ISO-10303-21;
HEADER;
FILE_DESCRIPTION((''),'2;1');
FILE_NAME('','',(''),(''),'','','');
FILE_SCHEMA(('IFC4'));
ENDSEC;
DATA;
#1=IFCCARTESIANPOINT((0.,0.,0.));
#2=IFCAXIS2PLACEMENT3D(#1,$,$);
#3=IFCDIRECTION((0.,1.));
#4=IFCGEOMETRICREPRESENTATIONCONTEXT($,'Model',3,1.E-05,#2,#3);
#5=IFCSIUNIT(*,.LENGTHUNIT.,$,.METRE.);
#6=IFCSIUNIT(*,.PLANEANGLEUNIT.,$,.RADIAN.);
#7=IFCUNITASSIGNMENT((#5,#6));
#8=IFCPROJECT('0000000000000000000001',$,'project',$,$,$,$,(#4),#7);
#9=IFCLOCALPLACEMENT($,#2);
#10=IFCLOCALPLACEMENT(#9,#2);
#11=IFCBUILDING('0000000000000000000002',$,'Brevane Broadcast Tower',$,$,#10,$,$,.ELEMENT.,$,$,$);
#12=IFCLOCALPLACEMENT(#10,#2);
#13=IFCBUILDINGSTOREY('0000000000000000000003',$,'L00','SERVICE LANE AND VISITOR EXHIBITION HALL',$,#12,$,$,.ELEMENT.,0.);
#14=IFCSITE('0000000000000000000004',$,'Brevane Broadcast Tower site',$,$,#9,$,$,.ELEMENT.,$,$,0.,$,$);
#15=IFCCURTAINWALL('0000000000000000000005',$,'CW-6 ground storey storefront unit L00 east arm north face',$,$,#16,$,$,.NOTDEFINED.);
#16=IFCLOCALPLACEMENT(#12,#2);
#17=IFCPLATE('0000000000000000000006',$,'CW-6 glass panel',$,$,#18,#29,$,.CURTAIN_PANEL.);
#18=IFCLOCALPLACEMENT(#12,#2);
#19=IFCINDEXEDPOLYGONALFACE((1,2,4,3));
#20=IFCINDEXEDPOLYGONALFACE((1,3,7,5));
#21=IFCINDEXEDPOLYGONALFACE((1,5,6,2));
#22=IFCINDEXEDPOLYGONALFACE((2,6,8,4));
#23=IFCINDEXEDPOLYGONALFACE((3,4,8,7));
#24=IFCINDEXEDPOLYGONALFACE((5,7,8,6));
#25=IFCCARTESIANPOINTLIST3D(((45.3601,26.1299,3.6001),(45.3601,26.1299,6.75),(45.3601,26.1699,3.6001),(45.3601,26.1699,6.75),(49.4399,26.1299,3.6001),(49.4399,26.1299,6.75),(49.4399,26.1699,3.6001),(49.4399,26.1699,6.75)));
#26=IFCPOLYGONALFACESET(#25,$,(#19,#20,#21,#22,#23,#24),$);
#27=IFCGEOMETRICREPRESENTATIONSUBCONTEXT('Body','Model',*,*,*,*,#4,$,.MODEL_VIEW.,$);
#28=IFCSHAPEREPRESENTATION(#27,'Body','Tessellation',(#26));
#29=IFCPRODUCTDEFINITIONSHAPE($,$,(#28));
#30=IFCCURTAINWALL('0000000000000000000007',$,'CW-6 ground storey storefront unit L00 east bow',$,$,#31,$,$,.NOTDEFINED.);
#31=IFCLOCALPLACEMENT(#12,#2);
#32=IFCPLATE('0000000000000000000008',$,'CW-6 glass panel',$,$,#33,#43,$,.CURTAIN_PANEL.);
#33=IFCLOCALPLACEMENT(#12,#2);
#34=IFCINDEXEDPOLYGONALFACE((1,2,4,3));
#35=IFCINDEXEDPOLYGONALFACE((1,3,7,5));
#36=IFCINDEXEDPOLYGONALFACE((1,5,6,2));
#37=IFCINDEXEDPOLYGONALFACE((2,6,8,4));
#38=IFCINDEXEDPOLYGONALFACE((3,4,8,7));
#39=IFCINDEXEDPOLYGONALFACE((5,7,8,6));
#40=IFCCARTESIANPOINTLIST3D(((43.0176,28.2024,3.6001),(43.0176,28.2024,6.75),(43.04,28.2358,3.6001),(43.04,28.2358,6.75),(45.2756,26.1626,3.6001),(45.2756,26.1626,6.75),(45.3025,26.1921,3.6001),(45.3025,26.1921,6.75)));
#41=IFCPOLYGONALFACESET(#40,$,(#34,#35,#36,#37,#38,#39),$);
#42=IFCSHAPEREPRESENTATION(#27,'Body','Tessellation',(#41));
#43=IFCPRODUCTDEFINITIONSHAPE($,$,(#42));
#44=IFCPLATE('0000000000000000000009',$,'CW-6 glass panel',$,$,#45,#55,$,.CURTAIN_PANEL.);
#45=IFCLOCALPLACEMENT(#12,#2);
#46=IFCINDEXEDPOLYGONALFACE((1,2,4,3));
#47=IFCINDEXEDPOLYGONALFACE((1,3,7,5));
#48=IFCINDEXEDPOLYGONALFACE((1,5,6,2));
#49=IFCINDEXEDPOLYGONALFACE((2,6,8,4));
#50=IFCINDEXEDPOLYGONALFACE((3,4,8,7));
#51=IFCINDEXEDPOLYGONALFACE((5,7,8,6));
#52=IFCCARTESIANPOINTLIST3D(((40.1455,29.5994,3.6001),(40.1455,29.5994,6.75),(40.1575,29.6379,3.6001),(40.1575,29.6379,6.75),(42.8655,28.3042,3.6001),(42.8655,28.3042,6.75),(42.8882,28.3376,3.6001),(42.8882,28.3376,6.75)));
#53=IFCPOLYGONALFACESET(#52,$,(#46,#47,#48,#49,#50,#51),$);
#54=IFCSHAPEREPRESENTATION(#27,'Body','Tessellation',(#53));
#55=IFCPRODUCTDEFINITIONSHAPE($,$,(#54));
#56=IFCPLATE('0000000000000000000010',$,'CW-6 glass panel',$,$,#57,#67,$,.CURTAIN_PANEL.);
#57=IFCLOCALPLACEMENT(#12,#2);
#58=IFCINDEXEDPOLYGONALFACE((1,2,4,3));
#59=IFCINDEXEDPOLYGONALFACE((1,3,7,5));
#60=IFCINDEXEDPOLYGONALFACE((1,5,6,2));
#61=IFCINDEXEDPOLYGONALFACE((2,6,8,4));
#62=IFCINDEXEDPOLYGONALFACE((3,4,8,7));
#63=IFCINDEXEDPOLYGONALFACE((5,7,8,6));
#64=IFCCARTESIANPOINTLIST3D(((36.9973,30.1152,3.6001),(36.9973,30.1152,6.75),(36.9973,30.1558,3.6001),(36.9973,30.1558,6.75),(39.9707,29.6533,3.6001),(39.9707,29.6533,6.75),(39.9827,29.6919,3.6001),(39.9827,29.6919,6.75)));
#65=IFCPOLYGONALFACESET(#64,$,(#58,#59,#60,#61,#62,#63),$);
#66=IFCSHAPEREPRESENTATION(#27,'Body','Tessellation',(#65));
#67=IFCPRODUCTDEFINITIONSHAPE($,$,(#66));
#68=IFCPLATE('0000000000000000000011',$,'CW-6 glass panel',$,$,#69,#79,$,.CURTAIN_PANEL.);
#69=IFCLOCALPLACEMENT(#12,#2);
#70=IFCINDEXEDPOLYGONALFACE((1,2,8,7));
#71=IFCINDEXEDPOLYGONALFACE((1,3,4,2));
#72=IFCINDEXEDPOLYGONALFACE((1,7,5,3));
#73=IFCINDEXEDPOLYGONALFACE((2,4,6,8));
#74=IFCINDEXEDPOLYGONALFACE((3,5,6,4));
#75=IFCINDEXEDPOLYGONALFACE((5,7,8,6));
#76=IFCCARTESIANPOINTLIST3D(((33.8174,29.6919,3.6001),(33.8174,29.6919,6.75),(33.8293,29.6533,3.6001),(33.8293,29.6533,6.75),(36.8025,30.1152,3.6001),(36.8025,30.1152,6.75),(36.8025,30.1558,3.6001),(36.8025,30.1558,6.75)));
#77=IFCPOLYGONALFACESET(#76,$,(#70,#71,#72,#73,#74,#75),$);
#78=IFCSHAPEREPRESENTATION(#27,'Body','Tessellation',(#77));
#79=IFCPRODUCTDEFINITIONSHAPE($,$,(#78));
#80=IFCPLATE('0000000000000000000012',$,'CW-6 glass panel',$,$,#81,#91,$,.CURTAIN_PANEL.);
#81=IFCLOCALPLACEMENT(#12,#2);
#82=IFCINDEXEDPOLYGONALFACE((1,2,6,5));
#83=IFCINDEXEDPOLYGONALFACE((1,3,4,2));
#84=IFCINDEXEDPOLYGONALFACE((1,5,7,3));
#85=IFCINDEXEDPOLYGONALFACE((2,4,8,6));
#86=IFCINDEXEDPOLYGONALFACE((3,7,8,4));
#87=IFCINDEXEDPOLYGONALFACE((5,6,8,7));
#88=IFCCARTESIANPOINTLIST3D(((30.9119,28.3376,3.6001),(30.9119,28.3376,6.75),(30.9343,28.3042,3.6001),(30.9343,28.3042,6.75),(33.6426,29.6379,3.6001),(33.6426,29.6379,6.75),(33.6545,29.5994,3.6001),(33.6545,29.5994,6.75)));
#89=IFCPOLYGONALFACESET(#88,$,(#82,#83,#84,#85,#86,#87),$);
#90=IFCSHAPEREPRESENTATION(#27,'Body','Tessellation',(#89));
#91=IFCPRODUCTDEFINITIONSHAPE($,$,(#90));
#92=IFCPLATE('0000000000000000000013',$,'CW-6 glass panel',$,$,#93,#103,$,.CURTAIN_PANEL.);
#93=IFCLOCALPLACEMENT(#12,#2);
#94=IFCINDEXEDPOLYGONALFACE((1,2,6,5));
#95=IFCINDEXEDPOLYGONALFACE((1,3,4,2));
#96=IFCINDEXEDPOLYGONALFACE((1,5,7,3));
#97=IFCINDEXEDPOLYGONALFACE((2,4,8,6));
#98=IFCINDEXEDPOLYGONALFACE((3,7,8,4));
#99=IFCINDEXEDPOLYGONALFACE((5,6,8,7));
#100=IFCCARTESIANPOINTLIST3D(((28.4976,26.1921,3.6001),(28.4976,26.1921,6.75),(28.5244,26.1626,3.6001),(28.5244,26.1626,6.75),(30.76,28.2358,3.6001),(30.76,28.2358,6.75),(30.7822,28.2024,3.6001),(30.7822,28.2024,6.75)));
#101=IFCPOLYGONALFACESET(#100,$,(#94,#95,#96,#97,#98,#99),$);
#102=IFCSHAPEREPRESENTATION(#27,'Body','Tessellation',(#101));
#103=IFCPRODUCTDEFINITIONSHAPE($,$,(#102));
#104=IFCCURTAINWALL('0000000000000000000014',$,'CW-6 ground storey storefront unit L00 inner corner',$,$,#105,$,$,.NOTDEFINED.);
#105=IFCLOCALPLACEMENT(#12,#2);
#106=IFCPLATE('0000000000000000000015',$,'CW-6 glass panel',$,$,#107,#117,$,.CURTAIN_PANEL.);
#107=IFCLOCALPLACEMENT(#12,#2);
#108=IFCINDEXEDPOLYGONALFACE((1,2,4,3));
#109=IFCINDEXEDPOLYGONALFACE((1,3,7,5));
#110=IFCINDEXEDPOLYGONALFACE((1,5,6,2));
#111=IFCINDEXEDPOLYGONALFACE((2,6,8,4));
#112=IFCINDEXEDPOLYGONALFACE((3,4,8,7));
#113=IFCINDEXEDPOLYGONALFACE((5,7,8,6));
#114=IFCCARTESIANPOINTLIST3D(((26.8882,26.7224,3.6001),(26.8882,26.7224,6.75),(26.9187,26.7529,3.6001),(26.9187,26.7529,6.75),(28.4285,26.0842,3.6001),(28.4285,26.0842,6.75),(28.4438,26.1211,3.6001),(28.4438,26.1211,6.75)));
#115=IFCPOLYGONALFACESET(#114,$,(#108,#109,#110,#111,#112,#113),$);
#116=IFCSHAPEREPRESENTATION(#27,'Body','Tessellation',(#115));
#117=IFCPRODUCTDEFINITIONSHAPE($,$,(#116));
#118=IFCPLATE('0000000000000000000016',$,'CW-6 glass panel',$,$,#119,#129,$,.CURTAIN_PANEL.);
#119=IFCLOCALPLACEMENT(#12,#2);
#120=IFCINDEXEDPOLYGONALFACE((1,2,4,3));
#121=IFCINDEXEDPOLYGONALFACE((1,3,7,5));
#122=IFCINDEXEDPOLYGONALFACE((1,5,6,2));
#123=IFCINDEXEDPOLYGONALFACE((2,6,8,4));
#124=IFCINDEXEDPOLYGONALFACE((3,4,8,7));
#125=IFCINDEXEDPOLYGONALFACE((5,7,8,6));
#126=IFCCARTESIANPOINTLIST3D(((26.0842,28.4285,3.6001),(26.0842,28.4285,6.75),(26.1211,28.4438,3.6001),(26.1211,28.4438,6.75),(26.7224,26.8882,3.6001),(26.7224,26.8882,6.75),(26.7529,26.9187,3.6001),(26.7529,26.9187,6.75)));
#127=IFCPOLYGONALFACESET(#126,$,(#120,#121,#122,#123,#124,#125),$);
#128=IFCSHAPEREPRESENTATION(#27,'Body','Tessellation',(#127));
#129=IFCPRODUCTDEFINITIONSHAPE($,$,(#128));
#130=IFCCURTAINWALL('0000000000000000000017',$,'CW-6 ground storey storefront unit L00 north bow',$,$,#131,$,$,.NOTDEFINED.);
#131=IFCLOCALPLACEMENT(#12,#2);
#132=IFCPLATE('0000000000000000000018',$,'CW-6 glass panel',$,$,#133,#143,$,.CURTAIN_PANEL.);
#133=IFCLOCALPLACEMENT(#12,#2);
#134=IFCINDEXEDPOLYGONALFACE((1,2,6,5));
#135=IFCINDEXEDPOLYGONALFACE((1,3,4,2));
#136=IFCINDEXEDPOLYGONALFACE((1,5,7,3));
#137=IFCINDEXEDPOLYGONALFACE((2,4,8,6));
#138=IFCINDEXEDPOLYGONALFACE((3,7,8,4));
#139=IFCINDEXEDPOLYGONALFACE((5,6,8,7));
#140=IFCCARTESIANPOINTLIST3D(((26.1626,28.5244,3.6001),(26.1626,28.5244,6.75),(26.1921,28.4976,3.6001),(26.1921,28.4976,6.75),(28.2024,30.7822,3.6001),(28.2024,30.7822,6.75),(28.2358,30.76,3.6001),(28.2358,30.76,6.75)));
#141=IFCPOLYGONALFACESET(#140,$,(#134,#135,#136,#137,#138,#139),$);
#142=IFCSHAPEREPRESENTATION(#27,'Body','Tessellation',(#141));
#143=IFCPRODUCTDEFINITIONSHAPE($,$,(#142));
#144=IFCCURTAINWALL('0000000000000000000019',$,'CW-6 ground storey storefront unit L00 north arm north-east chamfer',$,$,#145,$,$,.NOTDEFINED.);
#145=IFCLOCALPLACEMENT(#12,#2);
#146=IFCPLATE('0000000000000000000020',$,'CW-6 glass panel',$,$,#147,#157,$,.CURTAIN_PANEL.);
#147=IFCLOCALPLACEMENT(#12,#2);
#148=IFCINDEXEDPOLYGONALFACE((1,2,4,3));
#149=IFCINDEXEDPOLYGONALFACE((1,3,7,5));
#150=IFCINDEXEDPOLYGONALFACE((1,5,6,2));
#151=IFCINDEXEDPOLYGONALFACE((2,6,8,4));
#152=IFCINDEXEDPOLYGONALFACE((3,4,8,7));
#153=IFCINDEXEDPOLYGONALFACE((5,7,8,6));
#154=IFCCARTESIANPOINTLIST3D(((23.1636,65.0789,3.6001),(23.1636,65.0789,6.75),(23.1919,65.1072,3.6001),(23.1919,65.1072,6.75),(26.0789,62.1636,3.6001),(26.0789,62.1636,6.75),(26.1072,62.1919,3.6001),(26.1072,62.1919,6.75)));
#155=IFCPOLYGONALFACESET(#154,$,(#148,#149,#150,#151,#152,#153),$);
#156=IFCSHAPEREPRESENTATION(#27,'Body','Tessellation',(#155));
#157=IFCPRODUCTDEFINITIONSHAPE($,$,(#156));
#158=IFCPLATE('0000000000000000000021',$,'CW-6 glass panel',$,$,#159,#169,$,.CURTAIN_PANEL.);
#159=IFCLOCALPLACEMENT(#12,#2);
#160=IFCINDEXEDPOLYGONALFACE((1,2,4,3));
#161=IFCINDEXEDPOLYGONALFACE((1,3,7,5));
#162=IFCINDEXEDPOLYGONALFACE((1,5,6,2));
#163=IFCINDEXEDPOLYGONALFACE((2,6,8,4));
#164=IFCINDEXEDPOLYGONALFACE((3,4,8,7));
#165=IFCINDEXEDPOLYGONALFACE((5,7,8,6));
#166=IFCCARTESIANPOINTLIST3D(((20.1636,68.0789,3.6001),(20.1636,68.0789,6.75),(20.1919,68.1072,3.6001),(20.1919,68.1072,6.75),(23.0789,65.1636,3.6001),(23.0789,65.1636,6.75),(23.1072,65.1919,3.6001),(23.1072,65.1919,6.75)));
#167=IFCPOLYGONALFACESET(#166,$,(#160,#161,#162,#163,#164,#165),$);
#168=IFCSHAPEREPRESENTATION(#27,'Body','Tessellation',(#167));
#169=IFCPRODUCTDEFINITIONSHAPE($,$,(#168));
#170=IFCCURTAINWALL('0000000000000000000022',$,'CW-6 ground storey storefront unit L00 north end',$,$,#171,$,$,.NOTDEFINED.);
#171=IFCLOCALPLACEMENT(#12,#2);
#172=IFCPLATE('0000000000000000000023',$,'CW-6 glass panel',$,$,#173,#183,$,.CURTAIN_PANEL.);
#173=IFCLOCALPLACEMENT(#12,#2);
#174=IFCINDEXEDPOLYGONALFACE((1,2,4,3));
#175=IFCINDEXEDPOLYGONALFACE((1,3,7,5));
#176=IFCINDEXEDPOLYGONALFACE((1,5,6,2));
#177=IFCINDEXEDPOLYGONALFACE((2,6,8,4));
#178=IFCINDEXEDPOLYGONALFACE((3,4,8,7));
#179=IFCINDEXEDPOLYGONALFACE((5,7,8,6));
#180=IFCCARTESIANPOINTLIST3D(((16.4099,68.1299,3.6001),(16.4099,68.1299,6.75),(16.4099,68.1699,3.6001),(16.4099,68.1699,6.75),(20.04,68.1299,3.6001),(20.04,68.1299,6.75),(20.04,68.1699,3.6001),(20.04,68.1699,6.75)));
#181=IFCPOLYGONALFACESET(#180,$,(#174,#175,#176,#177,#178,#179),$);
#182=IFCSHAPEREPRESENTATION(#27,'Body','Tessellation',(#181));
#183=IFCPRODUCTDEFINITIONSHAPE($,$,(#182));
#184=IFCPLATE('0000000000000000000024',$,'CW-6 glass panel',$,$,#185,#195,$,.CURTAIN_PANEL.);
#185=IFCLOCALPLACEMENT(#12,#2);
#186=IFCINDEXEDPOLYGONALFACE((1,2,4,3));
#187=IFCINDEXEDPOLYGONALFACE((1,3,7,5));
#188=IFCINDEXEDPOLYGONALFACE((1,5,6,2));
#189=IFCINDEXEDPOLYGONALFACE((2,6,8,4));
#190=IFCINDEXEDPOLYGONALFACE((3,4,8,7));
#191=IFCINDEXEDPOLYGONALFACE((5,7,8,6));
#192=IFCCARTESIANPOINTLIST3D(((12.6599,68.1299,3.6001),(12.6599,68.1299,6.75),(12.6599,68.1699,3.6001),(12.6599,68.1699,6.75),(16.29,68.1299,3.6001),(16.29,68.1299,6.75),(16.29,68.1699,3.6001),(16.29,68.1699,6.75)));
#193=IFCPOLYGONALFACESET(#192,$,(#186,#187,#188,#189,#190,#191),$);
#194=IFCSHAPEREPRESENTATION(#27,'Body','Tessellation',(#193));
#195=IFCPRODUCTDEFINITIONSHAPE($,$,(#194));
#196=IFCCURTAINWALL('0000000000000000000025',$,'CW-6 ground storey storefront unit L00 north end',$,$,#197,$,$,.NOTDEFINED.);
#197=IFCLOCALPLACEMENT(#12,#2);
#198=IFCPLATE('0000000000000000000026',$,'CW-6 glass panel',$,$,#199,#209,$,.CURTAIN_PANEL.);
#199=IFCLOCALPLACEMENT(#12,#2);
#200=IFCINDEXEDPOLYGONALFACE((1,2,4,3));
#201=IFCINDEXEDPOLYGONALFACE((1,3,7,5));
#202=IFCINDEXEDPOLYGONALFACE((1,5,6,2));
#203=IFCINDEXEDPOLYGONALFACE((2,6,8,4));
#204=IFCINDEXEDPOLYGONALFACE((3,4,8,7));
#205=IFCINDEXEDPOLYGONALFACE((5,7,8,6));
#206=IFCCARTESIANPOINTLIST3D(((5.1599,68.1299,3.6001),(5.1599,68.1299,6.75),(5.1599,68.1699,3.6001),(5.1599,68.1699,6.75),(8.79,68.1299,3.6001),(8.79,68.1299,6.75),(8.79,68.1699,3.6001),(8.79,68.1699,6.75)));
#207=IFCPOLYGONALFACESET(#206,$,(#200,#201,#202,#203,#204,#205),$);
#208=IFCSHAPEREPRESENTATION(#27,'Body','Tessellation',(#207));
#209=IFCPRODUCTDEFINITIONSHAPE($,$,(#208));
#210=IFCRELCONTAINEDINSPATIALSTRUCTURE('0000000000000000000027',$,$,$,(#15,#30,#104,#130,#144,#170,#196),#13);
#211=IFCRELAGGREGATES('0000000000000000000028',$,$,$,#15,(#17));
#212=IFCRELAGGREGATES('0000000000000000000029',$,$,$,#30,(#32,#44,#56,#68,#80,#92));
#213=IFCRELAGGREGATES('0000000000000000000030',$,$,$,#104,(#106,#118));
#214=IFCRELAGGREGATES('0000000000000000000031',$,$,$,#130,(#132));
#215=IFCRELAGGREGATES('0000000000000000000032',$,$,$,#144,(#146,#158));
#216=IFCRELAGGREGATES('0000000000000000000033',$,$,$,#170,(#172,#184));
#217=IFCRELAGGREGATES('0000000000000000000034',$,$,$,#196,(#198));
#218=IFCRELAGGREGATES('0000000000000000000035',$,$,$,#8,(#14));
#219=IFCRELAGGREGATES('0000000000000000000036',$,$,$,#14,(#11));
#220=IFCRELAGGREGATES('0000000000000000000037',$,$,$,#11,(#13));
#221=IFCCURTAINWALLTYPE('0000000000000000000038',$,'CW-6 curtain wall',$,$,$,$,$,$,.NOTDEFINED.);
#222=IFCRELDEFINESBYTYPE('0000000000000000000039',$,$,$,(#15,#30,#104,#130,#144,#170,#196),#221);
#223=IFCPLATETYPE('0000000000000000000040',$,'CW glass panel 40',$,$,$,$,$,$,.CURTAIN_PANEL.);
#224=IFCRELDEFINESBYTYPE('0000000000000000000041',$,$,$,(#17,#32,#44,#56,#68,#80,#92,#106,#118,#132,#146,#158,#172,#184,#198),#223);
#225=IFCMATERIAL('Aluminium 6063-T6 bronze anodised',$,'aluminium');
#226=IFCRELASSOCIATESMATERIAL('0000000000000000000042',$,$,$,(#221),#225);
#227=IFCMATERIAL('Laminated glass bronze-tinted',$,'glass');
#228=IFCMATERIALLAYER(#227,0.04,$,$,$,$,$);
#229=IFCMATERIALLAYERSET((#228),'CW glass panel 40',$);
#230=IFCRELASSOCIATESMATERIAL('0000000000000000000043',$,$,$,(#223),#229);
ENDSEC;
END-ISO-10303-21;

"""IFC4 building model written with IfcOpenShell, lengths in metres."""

from ifc_helpers import new_model, si_unit, direction, frame, origin, place, context, subcontext, project, spatial, polyline, outline, extrude, material, layer, layer_set, type_object, element, aggregate, save


model = new_model("IFC4")

# Units and contexts
model_context = context("Model", 3, precision=1e-05, world=origin(), true_north=direction((0.0, 1.0)))
body_context = subcontext(model_context, "Body", "Model", "MODEL_VIEW")
ifc_project = project(units=[si_unit("LENGTHUNIT", "METRE"), si_unit("PLANEANGLEUNIT", "RADIAN")], contexts=[model_context])

# Site, building, storey
site_placement = place(None, origin())
site = spatial("IfcSite", under=ifc_project, at=site_placement, Name="Brevane Broadcast Tower site", CompositionType="ELEMENT", RefElevation=0.0)
building_placement = place(site_placement, origin())
building = spatial("IfcBuilding", under=site, at=building_placement, Name="Brevane Broadcast Tower", CompositionType="ELEMENT")
storey_placement = place(building_placement, origin())
storey = spatial("IfcBuildingStorey", under=building, at=storey_placement, Name="L00", Description="SERVICE LANE AND VISITOR EXHIBITION HALL", CompositionType="ELEMENT", Elevation=0.0)

# Shared definitions
ifc_material_1 = material(Name="Aluminium 6063-T6 bronze anodised", Category="aluminium")
curtain_wall_type = type_object("IfcCurtainWallType", Name="CW-6 curtain wall", PredefinedType="NOTDEFINED", material=ifc_material_1)
ifc_material_2 = material(Name="Laminated glass bronze-tinted", Category="glass")
ifc_layer = layer(ifc_material_2, 0.04)
ifc_layer_set = layer_set([ifc_layer], Name="CW glass panel 40")
plate_type = type_object("IfcPlateType", Name="CW glass panel 40", PredefinedType="CURTAIN_PANEL", material=ifc_layer_set)

# Curtain wall, plate
curtain_wall_1_placement = place(storey_placement, origin())
curtain_wall_1 = element("IfcCurtainWall", 1, at=curtain_wall_1_placement, inside=storey, type_object=curtain_wall_type, Name="CW-6 ground storey storefront unit L00 east arm north face", PredefinedType="NOTDEFINED")
plate_1_placement = place(storey_placement, frame((0.0, 0.0, 3.6001)))
plate_1 = element("IfcPlate", 2, at=plate_1_placement, type_object=plate_type, Name="CW-6 glass panel", PredefinedType="CURTAIN_PANEL", context=body_context, shape_type="SweptSolid", body=[
    extrude(outline(polyline([(45.3601, 26.1699), (45.3601, 26.1299), (49.4399, 26.1299), (49.4399, 26.1699), (45.3601, 26.1699)])), origin(), (0.0, 0.0, 1.0), 3.1499),
])
aggregate(curtain_wall_1, [plate_1])

# Curtain walls, plates
curtain_wall_2_placement = place(storey_placement, origin())
curtain_wall_2 = element("IfcCurtainWall", 3, at=curtain_wall_2_placement, inside=storey, type_object=curtain_wall_type, Name="CW-6 ground storey storefront unit L00 east bow", PredefinedType="NOTDEFINED")
plate_2_placement = place(storey_placement, frame((0.0, 0.0, 3.6001)))
plate_2 = element("IfcPlate", 4, at=plate_2_placement, type_object=plate_type, Name="CW-6 glass panel", PredefinedType="CURTAIN_PANEL", context=body_context, shape_type="SweptSolid", body=[
    extrude(outline(polyline([(45.2756, 26.1626), (45.3025, 26.1921), (43.04, 28.2358), (43.0176, 28.2024), (45.2756, 26.1626)])), origin(), (0.0, 0.0, 1.0), 3.1499),
])
plate_3_placement = place(storey_placement, frame((0.0, 0.0, 3.6001)))
plate_3 = element("IfcPlate", 5, at=plate_3_placement, type_object=plate_type, Name="CW-6 glass panel", PredefinedType="CURTAIN_PANEL", context=body_context, shape_type="SweptSolid", body=[
    extrude(outline(polyline([(42.8655, 28.3042), (42.8882, 28.3376), (40.1575, 29.6379), (40.1455, 29.5994), (42.8655, 28.3042)])), origin(), (0.0, 0.0, 1.0), 3.1499),
])
plate_4_placement = place(storey_placement, frame((0.0, 0.0, 3.6001)))
plate_4 = element("IfcPlate", 6, at=plate_4_placement, type_object=plate_type, Name="CW-6 glass panel", PredefinedType="CURTAIN_PANEL", context=body_context, shape_type="SweptSolid", body=[
    extrude(outline(polyline([(39.9707, 29.6533), (39.9827, 29.6919), (36.9973, 30.1558), (36.9973, 30.1152), (39.9707, 29.6533)])), origin(), (0.0, 0.0, 1.0), 3.1499),
])
plate_5_placement = place(storey_placement, frame((0.0, 0.0, 3.6001)))
plate_5 = element("IfcPlate", 7, at=plate_5_placement, type_object=plate_type, Name="CW-6 glass panel", PredefinedType="CURTAIN_PANEL", context=body_context, shape_type="SweptSolid", body=[
    extrude(outline(polyline([(36.8025, 30.1152), (36.8025, 30.1558), (33.8174, 29.6919), (33.8293, 29.6533), (36.8025, 30.1152)])), origin(), (0.0, 0.0, 1.0), 3.1499),
])
plate_6_placement = place(storey_placement, frame((0.0, 0.0, 3.6001)))
plate_6 = element("IfcPlate", 8, at=plate_6_placement, type_object=plate_type, Name="CW-6 glass panel", PredefinedType="CURTAIN_PANEL", context=body_context, shape_type="SweptSolid", body=[
    extrude(outline(polyline([(33.6545, 29.5994), (33.6426, 29.6379), (30.9119, 28.3376), (30.9343, 28.3042), (33.6545, 29.5994)])), origin(), (0.0, 0.0, 1.0), 3.1499),
])
plate_7_placement = place(storey_placement, frame((0.0, 0.0, 3.6001)))
plate_7 = element("IfcPlate", 9, at=plate_7_placement, type_object=plate_type, Name="CW-6 glass panel", PredefinedType="CURTAIN_PANEL", context=body_context, shape_type="SweptSolid", body=[
    extrude(outline(polyline([(30.7822, 28.2024), (30.76, 28.2358), (28.4976, 26.1921), (28.5244, 26.1626), (30.7822, 28.2024)])), origin(), (0.0, 0.0, 1.0), 3.1499),
])
aggregate(curtain_wall_2, [plate_2, plate_3, plate_4, plate_5, plate_6, plate_7])
curtain_wall_3_placement = place(storey_placement, origin())
curtain_wall_3 = element("IfcCurtainWall", 10, at=curtain_wall_3_placement, inside=storey, type_object=curtain_wall_type, Name="CW-6 ground storey storefront unit L00 inner corner", PredefinedType="NOTDEFINED")
plate_8_placement = place(storey_placement, frame((0.0, 0.0, 3.6001)))
plate_8 = element("IfcPlate", 11, at=plate_8_placement, type_object=plate_type, Name="CW-6 glass panel", PredefinedType="CURTAIN_PANEL", context=body_context, shape_type="SweptSolid", body=[
    extrude(outline(polyline([(28.4285, 26.0842), (28.4438, 26.1211), (26.9187, 26.7529), (26.8882, 26.7224), (28.4285, 26.0842)])), origin(), (0.0, 0.0, 1.0), 3.1499),
])
plate_9_placement = place(storey_placement, frame((0.0, 0.0, 3.6001)))
plate_9 = element("IfcPlate", 12, at=plate_9_placement, type_object=plate_type, Name="CW-6 glass panel", PredefinedType="CURTAIN_PANEL", context=body_context, shape_type="SweptSolid", body=[
    extrude(outline(polyline([(26.7224, 26.8882), (26.7529, 26.9187), (26.1211, 28.4438), (26.0842, 28.4285), (26.7224, 26.8882)])), origin(), (0.0, 0.0, 1.0), 3.1499),
])
aggregate(curtain_wall_3, [plate_8, plate_9])

# Curtain wall, plate
curtain_wall_4_placement = place(storey_placement, origin())
curtain_wall_4 = element("IfcCurtainWall", 13, at=curtain_wall_4_placement, inside=storey, type_object=curtain_wall_type, Name="CW-6 ground storey storefront unit L00 north bow", PredefinedType="NOTDEFINED")
plate_10_placement = place(storey_placement, frame((0.0, 0.0, 3.6001)))
plate_10 = element("IfcPlate", 14, at=plate_10_placement, type_object=plate_type, Name="CW-6 glass panel", PredefinedType="CURTAIN_PANEL", context=body_context, shape_type="SweptSolid", body=[
    extrude(outline(polyline([(26.1626, 28.5244), (26.1921, 28.4976), (28.2358, 30.76), (28.2024, 30.7822), (26.1626, 28.5244)])), origin(), (0.0, 0.0, 1.0), 3.1499),
])
aggregate(curtain_wall_4, [plate_10])

# Curtain walls, plates
curtain_wall_5_placement = place(storey_placement, origin())
curtain_wall_5 = element("IfcCurtainWall", 15, at=curtain_wall_5_placement, inside=storey, type_object=curtain_wall_type, Name="CW-6 ground storey storefront unit L00 north arm north-east chamfer", PredefinedType="NOTDEFINED")
plate_11_placement = place(storey_placement, frame((0.0, 0.0, 3.6001)))
plate_11 = element("IfcPlate", 16, at=plate_11_placement, type_object=plate_type, Name="CW-6 glass panel", PredefinedType="CURTAIN_PANEL", context=body_context, shape_type="SweptSolid", body=[
    extrude(outline(polyline([(26.0789, 62.1636), (23.1636, 65.0789), (23.1919, 65.1072), (26.1072, 62.1919), (26.0789, 62.1636)])), origin(), (0.0, 0.0, 1.0), 3.1499),
])
plate_12_placement = place(storey_placement, frame((0.0, 0.0, 3.6001)))
plate_12 = element("IfcPlate", 17, at=plate_12_placement, type_object=plate_type, Name="CW-6 glass panel", PredefinedType="CURTAIN_PANEL", context=body_context, shape_type="SweptSolid", body=[
    extrude(outline(polyline([(23.0789, 65.1636), (20.1636, 68.0789), (20.1919, 68.1072), (23.1072, 65.1919), (23.0789, 65.1636)])), origin(), (0.0, 0.0, 1.0), 3.1499),
])
aggregate(curtain_wall_5, [plate_11, plate_12])
curtain_wall_6_placement = place(storey_placement, origin())
curtain_wall_6 = element("IfcCurtainWall", 18, at=curtain_wall_6_placement, inside=storey, type_object=curtain_wall_type, Name="CW-6 ground storey storefront unit L00 north end", PredefinedType="NOTDEFINED")
plate_13_placement = place(storey_placement, frame((0.0, 0.0, 3.6001)))
plate_13 = element("IfcPlate", 19, at=plate_13_placement, type_object=plate_type, Name="CW-6 glass panel", PredefinedType="CURTAIN_PANEL", context=body_context, shape_type="SweptSolid", body=[
    extrude(outline(polyline([(16.4099, 68.1699), (16.4099, 68.1299), (20.04, 68.1299), (20.04, 68.1699), (16.4099, 68.1699)])), origin(), (0.0, 0.0, 1.0), 3.1499),
])
plate_14_placement = place(storey_placement, frame((0.0, 0.0, 3.6001)))
plate_14 = element("IfcPlate", 20, at=plate_14_placement, type_object=plate_type, Name="CW-6 glass panel", PredefinedType="CURTAIN_PANEL", context=body_context, shape_type="SweptSolid", body=[
    extrude(outline(polyline([(12.6599, 68.1699), (12.6599, 68.1299), (16.29, 68.1299), (16.29, 68.1699), (12.6599, 68.1699)])), origin(), (0.0, 0.0, 1.0), 3.1499),
])
aggregate(curtain_wall_6, [plate_13, plate_14])

# Curtain wall, plate
curtain_wall_7_placement = place(storey_placement, origin())
curtain_wall_7 = element("IfcCurtainWall", 21, at=curtain_wall_7_placement, inside=storey, type_object=curtain_wall_type, Name="CW-6 ground storey storefront unit L00 north end", PredefinedType="NOTDEFINED")
plate_15_placement = place(storey_placement, frame((0.0, 0.0, 3.6001)))
plate_15 = element("IfcPlate", 22, at=plate_15_placement, type_object=plate_type, Name="CW-6 glass panel", PredefinedType="CURTAIN_PANEL", context=body_context, shape_type="SweptSolid", body=[
    extrude(outline(polyline([(5.1599, 68.1699), (5.1599, 68.1299), (8.79, 68.1299), (8.79, 68.1699), (5.1599, 68.1699)])), origin(), (0.0, 0.0, 1.0), 3.1499),
])
aggregate(curtain_wall_7, [plate_15])

save(model, "model.ifc")
